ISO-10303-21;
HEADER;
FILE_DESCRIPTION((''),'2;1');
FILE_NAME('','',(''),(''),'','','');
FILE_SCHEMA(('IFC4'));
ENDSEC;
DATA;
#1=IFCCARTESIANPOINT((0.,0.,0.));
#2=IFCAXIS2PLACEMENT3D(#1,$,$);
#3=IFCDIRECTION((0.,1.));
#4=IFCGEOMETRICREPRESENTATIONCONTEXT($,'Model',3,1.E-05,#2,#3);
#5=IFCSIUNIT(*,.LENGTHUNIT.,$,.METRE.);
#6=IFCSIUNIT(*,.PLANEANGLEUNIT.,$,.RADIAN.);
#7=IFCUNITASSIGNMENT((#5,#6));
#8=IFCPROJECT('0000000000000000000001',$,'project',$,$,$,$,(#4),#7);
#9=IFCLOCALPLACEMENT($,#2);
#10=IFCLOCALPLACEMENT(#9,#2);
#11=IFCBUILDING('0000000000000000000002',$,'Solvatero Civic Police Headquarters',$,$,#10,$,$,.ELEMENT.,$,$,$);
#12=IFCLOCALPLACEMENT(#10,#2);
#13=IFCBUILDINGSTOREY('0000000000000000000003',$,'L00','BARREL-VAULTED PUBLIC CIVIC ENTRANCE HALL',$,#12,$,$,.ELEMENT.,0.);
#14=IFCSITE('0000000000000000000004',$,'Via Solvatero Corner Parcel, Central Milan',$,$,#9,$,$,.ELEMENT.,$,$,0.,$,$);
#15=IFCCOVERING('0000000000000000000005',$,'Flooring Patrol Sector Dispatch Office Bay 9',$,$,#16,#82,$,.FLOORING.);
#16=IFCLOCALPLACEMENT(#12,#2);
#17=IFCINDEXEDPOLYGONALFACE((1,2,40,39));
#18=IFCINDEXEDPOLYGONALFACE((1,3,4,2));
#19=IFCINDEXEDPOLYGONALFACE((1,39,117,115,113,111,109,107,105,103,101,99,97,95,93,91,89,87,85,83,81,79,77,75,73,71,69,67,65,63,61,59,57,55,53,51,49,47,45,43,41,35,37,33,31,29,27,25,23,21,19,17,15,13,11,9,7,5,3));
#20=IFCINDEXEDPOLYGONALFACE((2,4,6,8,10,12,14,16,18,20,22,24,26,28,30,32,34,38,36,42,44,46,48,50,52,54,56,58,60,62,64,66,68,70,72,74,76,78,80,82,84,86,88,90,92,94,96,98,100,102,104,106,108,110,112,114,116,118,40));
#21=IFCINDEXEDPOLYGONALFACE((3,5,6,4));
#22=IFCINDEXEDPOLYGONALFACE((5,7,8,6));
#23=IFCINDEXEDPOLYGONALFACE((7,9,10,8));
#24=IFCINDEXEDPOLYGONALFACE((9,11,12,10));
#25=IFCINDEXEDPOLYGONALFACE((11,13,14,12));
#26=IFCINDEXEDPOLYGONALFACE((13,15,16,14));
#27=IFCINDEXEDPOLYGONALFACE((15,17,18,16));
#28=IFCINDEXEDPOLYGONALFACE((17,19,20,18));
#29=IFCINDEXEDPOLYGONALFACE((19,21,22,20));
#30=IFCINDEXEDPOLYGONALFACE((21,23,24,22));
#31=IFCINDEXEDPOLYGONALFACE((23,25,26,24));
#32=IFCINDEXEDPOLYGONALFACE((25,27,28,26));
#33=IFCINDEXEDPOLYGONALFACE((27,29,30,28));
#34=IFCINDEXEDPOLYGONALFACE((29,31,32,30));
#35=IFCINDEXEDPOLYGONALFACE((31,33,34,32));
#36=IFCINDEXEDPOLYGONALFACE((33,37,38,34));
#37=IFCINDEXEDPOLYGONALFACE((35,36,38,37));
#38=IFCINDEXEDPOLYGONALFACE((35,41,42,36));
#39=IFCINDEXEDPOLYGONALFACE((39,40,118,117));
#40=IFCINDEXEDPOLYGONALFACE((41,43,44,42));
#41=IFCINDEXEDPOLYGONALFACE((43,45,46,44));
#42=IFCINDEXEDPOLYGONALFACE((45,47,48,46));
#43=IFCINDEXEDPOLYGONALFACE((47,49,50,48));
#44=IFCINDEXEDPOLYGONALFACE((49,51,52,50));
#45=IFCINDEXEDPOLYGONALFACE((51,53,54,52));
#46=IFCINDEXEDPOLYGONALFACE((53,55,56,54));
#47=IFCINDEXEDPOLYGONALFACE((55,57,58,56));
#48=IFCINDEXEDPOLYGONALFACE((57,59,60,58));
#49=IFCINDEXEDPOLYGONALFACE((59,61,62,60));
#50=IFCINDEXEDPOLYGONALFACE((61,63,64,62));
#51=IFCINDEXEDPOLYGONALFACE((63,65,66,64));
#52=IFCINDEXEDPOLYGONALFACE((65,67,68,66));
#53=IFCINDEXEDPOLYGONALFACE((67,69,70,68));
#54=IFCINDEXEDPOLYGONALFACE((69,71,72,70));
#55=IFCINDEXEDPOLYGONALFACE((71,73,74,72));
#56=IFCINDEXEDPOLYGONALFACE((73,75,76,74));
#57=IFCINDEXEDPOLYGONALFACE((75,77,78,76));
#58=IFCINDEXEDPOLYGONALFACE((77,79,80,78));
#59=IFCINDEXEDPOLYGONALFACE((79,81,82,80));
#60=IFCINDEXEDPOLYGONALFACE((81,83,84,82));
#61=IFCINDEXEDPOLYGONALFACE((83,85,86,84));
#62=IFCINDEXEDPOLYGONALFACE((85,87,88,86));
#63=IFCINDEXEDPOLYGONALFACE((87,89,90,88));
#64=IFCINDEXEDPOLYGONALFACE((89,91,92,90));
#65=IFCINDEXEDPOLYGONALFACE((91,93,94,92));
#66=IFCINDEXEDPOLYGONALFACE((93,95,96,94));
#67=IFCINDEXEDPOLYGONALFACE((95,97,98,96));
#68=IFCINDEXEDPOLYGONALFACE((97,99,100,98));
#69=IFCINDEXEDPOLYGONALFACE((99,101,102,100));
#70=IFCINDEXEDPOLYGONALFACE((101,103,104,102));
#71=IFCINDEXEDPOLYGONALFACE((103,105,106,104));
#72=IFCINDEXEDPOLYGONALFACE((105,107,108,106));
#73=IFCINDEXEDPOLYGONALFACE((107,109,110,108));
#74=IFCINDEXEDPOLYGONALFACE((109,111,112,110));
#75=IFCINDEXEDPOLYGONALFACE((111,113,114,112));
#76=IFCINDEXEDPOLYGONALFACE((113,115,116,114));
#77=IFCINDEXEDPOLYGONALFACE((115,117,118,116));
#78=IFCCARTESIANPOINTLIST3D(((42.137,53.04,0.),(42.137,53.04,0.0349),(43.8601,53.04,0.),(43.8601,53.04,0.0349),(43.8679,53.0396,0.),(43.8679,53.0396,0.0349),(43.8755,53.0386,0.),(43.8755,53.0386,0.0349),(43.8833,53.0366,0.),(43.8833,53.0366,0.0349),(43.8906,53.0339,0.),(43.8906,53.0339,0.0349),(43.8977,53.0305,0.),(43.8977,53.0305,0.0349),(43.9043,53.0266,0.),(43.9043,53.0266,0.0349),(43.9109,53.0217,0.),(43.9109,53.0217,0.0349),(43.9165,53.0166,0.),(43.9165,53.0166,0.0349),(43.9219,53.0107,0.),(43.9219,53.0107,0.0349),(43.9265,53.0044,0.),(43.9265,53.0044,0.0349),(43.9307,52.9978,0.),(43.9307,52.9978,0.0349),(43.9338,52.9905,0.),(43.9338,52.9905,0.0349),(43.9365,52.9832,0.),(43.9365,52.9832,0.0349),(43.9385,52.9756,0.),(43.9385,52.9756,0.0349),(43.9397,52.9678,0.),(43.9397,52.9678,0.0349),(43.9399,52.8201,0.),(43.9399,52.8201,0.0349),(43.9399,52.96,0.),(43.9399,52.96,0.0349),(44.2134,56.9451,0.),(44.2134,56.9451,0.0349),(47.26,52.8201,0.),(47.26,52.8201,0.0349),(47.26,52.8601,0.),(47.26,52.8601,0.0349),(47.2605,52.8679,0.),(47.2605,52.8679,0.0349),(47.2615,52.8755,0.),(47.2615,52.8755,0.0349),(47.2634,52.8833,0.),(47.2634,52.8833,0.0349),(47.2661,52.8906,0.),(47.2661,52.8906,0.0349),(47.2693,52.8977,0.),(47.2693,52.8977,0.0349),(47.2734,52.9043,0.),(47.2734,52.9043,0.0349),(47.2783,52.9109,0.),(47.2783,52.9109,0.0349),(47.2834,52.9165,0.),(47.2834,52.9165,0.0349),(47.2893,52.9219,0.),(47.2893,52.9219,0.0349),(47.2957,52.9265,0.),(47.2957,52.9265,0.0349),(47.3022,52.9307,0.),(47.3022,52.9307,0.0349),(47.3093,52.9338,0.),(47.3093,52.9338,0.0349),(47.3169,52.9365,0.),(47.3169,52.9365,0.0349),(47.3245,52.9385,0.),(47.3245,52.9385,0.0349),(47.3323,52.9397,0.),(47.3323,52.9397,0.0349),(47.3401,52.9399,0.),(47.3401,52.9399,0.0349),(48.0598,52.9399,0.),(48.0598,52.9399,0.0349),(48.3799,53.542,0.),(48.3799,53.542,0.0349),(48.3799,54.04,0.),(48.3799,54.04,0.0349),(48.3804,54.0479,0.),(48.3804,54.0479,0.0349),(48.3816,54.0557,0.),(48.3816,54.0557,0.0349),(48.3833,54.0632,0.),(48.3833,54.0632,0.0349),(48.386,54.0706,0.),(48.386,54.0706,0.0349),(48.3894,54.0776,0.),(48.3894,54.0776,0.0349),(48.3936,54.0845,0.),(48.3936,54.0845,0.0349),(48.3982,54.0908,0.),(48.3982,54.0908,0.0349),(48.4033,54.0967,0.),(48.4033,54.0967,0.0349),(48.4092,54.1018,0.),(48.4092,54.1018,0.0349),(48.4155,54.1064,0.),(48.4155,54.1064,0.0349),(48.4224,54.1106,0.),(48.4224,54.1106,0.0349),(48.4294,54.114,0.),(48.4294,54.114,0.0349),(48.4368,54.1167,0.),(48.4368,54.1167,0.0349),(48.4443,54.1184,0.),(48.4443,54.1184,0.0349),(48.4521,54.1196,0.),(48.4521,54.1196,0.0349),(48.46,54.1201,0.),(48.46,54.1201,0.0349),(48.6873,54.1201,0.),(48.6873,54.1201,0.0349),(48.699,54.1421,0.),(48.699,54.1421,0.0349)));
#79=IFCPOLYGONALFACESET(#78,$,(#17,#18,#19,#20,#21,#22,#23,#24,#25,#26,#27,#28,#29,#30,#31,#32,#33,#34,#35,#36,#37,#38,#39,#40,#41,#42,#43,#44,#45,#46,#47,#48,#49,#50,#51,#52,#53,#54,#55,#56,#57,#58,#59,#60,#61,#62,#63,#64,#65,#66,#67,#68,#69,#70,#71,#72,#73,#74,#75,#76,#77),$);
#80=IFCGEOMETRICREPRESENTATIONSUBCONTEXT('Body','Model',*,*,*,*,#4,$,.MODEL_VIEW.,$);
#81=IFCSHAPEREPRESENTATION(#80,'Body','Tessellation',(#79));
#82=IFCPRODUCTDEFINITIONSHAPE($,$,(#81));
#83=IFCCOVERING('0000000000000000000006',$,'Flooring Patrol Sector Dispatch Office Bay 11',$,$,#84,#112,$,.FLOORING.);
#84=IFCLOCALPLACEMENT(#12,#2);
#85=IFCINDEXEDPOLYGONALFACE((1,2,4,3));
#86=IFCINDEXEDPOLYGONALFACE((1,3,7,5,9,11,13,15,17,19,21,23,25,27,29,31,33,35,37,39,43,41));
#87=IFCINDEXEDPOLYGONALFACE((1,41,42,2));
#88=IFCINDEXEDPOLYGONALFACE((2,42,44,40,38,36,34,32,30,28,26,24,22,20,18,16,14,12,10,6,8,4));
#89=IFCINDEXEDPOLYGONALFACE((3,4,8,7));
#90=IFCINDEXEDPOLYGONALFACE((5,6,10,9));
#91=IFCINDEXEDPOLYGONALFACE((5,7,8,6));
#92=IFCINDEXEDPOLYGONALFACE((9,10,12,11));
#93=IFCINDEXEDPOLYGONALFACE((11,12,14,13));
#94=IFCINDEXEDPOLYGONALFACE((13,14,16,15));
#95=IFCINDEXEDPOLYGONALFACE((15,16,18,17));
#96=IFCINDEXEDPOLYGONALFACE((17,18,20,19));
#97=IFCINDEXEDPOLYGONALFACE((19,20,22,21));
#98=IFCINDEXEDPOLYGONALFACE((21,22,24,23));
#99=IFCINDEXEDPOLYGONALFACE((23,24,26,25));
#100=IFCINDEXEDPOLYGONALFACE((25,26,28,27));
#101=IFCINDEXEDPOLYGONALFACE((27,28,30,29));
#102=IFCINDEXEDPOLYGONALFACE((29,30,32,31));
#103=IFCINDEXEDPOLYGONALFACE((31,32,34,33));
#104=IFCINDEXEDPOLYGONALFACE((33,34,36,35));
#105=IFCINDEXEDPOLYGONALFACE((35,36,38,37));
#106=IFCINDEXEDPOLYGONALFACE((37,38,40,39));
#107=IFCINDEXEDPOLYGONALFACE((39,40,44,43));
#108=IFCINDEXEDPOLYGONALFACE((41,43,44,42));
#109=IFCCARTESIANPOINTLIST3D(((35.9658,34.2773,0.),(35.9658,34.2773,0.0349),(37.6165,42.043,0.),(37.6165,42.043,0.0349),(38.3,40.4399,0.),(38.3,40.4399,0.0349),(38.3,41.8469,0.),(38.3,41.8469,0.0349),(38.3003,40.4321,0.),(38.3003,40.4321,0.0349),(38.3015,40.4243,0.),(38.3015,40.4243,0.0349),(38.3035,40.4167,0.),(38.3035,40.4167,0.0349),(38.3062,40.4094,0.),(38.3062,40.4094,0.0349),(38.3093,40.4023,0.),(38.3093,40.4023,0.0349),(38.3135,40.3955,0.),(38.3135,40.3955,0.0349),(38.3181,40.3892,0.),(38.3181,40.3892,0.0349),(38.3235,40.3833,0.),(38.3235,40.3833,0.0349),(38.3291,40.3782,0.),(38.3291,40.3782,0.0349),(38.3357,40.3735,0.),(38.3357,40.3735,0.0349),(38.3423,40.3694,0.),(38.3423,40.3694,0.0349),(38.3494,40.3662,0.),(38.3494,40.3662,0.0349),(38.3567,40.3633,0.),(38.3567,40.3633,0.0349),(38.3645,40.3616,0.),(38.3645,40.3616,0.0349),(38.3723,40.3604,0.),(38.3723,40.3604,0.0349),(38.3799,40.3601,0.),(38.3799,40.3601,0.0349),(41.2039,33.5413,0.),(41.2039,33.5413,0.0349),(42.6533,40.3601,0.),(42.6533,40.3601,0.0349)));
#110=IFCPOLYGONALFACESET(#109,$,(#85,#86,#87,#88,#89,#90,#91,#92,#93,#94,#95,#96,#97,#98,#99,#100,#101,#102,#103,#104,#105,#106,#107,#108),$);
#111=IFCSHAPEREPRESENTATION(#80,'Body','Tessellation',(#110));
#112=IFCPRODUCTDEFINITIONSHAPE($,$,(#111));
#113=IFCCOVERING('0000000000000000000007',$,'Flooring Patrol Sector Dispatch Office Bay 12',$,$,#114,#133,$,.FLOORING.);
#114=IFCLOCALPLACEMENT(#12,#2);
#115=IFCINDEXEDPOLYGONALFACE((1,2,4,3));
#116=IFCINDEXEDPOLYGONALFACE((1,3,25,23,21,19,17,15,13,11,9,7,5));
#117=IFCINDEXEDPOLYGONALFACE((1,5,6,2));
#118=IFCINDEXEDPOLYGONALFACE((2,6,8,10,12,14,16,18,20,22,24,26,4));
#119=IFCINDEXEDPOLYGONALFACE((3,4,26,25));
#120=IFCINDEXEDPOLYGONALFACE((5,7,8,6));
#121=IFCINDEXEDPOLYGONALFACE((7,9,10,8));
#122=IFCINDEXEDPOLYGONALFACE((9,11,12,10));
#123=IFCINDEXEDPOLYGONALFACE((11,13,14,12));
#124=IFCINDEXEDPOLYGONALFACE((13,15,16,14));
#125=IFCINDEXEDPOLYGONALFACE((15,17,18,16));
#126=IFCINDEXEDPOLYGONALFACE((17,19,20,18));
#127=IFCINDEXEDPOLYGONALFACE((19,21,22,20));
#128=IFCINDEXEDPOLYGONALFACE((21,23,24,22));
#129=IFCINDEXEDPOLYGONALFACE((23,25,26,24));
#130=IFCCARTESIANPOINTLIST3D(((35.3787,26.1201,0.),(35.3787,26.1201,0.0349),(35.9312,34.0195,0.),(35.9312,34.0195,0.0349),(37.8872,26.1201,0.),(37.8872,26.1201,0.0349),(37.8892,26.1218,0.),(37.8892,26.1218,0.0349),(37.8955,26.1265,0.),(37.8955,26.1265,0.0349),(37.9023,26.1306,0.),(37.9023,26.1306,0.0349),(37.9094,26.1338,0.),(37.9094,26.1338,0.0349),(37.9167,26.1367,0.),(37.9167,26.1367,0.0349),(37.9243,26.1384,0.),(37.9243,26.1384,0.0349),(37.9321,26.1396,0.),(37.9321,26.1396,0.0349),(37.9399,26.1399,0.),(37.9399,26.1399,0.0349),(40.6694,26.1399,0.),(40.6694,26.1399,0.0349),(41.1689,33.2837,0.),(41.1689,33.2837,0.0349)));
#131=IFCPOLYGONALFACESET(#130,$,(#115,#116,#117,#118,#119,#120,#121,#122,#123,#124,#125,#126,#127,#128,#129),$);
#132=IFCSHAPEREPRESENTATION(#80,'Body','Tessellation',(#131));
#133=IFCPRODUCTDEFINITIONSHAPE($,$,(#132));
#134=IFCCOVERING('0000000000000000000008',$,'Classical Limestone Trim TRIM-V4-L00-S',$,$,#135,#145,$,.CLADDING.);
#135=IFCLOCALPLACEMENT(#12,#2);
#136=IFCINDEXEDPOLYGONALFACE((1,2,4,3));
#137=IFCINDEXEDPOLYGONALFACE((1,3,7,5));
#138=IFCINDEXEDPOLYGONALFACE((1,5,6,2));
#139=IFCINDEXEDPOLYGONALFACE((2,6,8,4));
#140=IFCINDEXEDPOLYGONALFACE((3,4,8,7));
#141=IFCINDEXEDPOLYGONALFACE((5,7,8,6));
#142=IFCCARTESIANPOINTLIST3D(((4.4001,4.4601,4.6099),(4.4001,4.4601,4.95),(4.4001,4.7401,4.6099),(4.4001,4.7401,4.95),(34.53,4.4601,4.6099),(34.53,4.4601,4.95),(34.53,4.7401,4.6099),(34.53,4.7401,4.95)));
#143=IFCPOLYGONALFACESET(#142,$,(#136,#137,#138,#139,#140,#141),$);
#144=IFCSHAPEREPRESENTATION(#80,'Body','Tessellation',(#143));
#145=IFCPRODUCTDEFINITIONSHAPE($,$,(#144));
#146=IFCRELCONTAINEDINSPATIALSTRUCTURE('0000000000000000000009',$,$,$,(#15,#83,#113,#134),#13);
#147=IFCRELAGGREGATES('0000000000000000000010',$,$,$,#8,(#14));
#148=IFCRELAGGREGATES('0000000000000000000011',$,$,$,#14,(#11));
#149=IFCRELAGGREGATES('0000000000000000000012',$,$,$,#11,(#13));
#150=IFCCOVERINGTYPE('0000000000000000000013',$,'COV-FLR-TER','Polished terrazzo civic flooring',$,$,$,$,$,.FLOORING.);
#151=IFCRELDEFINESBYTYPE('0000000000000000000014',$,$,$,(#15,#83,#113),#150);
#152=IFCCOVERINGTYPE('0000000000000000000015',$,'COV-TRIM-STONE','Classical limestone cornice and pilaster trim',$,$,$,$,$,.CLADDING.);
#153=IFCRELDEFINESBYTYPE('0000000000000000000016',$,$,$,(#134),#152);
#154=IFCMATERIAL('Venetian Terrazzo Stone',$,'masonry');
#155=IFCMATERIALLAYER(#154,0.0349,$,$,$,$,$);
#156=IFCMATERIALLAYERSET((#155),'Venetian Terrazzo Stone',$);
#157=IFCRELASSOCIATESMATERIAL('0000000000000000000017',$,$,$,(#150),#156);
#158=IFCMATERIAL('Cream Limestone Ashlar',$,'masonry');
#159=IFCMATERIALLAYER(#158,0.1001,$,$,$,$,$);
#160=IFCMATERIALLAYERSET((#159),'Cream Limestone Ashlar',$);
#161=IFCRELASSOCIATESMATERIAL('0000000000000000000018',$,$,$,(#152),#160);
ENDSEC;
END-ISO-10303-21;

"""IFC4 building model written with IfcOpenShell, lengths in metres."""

from ifc_helpers import new_model, si_unit, direction, frame, origin, origin_2d, place, context, subcontext, project, spatial, polyline, rectangle, outline, extrude, material, layer, layer_set, type_object, element, save


model = new_model("IFC4")

# Units and contexts
model_context = context("Model", 3, precision=1e-05, world=origin(), true_north=direction((0.0, 1.0)))
body_context = subcontext(model_context, "Body", "Model", "MODEL_VIEW")
ifc_project = project(units=[si_unit("LENGTHUNIT", "METRE"), si_unit("PLANEANGLEUNIT", "RADIAN")], contexts=[model_context])

# Site, building, storey
site_placement = place(None, origin())
site = spatial("IfcSite", under=ifc_project, at=site_placement, Name="Via Solvatero Corner Parcel, Central Milan", CompositionType="ELEMENT", RefElevation=0.0)
building_placement = place(site_placement, origin())
building = spatial("IfcBuilding", under=site, at=building_placement, Name="Solvatero Civic Police Headquarters", CompositionType="ELEMENT")
storey_placement = place(building_placement, origin())
storey = spatial("IfcBuildingStorey", under=building, at=storey_placement, Name="L00", Description="BARREL-VAULTED PUBLIC CIVIC ENTRANCE HALL", CompositionType="ELEMENT", Elevation=0.0)

# Coverings
ifc_material_1 = material(Name="Venetian Terrazzo Stone", Category="masonry")
ifc_layer_1 = layer(ifc_material_1, 0.0349)
ifc_layer_set_1 = layer_set([ifc_layer_1], Name="Venetian Terrazzo Stone")
covering_type_1 = type_object("IfcCoveringType", Name="COV-FLR-TER", Description="Polished terrazzo civic flooring", PredefinedType="FLOORING", material=ifc_layer_set_1)
covering_1_placement = place(storey_placement, origin())
element("IfcCovering", 1, at=covering_1_placement, inside=storey, type_object=covering_type_1, Name="Flooring Patrol Sector Dispatch Office Bay 9", PredefinedType="FLOORING", context=body_context, shape_type="SweptSolid", body=[
    extrude(outline(polyline([(43.9399, 52.8201), (43.9399, 52.96), (43.9397, 52.9678), (43.9385, 52.9756), (43.9365, 52.9832), (43.9338, 52.9905), (43.9307, 52.9978), (43.9265, 53.0044), (43.9219, 53.0107), (43.9165, 53.0166), (43.9109, 53.0217), (43.9043, 53.0266), (43.8977, 53.0305), (43.8906, 53.0339), (43.8833, 53.0366), (43.8755, 53.0386), (43.8679, 53.0396), (43.8601, 53.04), (42.137, 53.04), (44.2134, 56.9451), (48.699, 54.1421), (48.6873, 54.1201), (48.46, 54.1201), (48.4521, 54.1196), (48.4443, 54.1184), (48.4368, 54.1167), (48.4294, 54.114), (48.4224, 54.1106), (48.4155, 54.1064), (48.4092, 54.1018), (48.4033, 54.0967), (48.3982, 54.0908), (48.3936, 54.0845), (48.3894, 54.0776), (48.386, 54.0706), (48.3833, 54.0632), (48.3816, 54.0557), (48.3804, 54.0479), (48.3799, 54.04), (48.3799, 53.542), (48.0598, 52.9399), (47.3401, 52.9399), (47.3323, 52.9397), (47.3245, 52.9385), (47.3169, 52.9365), (47.3093, 52.9338), (47.3022, 52.9307), (47.2957, 52.9265), (47.2893, 52.9219), (47.2834, 52.9165), (47.2783, 52.9109), (47.2734, 52.9043), (47.2693, 52.8977), (47.2661, 52.8906), (47.2634, 52.8833), (47.2615, 52.8755), (47.2605, 52.8679), (47.26, 52.8601), (47.26, 52.8201), (43.9399, 52.8201)])), origin(), (0.0, 0.0, 1.0), 0.0349),
])
covering_2_placement = place(storey_placement, origin())
element("IfcCovering", 2, at=covering_2_placement, inside=storey, type_object=covering_type_1, Name="Flooring Patrol Sector Dispatch Office Bay 11", PredefinedType="FLOORING", context=body_context, shape_type="SweptSolid", body=[
    extrude(outline(polyline([(41.2039, 33.5413), (35.9658, 34.2773), (37.6165, 42.043), (38.3, 41.8469), (38.3, 40.4399), (38.3003, 40.4321), (38.3015, 40.4243), (38.3035, 40.4167), (38.3062, 40.4094), (38.3093, 40.4023), (38.3135, 40.3955), (38.3181, 40.3892), (38.3235, 40.3833), (38.3291, 40.3782), (38.3357, 40.3735), (38.3423, 40.3694), (38.3494, 40.3662), (38.3567, 40.3633), (38.3645, 40.3616), (38.3723, 40.3604), (38.3799, 40.3601), (42.6533, 40.3601), (41.2039, 33.5413)])), origin(), (0.0, 0.0, 1.0), 0.0349),
])
covering_3_placement = place(storey_placement, origin())
element("IfcCovering", 3, at=covering_3_placement, inside=storey, type_object=covering_type_1, Name="Flooring Patrol Sector Dispatch Office Bay 12", PredefinedType="FLOORING", context=body_context, shape_type="SweptSolid", body=[
    extrude(outline(polyline([(35.3787, 26.1201), (35.9312, 34.0195), (41.1689, 33.2837), (40.6694, 26.1399), (37.9399, 26.1399), (37.9321, 26.1396), (37.9243, 26.1384), (37.9167, 26.1367), (37.9094, 26.1338), (37.9023, 26.1306), (37.8955, 26.1265), (37.8892, 26.1218), (37.8872, 26.1201), (35.3787, 26.1201)])), origin(), (0.0, 0.0, 1.0), 0.0349),
])
ifc_material_2 = material(Name="Cream Limestone Ashlar", Category="masonry")
ifc_layer_2 = layer(ifc_material_2, 0.1001)
ifc_layer_set_2 = layer_set([ifc_layer_2], Name="Cream Limestone Ashlar")
covering_type_2 = type_object("IfcCoveringType", Name="COV-TRIM-STONE", Description="Classical limestone cornice and pilaster trim", PredefinedType="CLADDING", material=ifc_layer_set_2)
covering_4_placement = place(storey_placement, frame((19.4651, 4.6001, 4.6099), z_axis=(0.0, 0.0, 1.0), x_axis=(1.0, 0.0, 0.0)))
element("IfcCovering", 4, at=covering_4_placement, inside=storey, type_object=covering_type_2, Name="Classical Limestone Trim TRIM-V4-L00-S", PredefinedType="CLADDING", context=body_context, shape_type="SweptSolid", body=[
    extrude(rectangle(XDim=30.1299, YDim=0.28, at=origin_2d()), origin(), (0.0, 0.0, 1.0), 0.3401),
])

save(model, "model.ifc")
